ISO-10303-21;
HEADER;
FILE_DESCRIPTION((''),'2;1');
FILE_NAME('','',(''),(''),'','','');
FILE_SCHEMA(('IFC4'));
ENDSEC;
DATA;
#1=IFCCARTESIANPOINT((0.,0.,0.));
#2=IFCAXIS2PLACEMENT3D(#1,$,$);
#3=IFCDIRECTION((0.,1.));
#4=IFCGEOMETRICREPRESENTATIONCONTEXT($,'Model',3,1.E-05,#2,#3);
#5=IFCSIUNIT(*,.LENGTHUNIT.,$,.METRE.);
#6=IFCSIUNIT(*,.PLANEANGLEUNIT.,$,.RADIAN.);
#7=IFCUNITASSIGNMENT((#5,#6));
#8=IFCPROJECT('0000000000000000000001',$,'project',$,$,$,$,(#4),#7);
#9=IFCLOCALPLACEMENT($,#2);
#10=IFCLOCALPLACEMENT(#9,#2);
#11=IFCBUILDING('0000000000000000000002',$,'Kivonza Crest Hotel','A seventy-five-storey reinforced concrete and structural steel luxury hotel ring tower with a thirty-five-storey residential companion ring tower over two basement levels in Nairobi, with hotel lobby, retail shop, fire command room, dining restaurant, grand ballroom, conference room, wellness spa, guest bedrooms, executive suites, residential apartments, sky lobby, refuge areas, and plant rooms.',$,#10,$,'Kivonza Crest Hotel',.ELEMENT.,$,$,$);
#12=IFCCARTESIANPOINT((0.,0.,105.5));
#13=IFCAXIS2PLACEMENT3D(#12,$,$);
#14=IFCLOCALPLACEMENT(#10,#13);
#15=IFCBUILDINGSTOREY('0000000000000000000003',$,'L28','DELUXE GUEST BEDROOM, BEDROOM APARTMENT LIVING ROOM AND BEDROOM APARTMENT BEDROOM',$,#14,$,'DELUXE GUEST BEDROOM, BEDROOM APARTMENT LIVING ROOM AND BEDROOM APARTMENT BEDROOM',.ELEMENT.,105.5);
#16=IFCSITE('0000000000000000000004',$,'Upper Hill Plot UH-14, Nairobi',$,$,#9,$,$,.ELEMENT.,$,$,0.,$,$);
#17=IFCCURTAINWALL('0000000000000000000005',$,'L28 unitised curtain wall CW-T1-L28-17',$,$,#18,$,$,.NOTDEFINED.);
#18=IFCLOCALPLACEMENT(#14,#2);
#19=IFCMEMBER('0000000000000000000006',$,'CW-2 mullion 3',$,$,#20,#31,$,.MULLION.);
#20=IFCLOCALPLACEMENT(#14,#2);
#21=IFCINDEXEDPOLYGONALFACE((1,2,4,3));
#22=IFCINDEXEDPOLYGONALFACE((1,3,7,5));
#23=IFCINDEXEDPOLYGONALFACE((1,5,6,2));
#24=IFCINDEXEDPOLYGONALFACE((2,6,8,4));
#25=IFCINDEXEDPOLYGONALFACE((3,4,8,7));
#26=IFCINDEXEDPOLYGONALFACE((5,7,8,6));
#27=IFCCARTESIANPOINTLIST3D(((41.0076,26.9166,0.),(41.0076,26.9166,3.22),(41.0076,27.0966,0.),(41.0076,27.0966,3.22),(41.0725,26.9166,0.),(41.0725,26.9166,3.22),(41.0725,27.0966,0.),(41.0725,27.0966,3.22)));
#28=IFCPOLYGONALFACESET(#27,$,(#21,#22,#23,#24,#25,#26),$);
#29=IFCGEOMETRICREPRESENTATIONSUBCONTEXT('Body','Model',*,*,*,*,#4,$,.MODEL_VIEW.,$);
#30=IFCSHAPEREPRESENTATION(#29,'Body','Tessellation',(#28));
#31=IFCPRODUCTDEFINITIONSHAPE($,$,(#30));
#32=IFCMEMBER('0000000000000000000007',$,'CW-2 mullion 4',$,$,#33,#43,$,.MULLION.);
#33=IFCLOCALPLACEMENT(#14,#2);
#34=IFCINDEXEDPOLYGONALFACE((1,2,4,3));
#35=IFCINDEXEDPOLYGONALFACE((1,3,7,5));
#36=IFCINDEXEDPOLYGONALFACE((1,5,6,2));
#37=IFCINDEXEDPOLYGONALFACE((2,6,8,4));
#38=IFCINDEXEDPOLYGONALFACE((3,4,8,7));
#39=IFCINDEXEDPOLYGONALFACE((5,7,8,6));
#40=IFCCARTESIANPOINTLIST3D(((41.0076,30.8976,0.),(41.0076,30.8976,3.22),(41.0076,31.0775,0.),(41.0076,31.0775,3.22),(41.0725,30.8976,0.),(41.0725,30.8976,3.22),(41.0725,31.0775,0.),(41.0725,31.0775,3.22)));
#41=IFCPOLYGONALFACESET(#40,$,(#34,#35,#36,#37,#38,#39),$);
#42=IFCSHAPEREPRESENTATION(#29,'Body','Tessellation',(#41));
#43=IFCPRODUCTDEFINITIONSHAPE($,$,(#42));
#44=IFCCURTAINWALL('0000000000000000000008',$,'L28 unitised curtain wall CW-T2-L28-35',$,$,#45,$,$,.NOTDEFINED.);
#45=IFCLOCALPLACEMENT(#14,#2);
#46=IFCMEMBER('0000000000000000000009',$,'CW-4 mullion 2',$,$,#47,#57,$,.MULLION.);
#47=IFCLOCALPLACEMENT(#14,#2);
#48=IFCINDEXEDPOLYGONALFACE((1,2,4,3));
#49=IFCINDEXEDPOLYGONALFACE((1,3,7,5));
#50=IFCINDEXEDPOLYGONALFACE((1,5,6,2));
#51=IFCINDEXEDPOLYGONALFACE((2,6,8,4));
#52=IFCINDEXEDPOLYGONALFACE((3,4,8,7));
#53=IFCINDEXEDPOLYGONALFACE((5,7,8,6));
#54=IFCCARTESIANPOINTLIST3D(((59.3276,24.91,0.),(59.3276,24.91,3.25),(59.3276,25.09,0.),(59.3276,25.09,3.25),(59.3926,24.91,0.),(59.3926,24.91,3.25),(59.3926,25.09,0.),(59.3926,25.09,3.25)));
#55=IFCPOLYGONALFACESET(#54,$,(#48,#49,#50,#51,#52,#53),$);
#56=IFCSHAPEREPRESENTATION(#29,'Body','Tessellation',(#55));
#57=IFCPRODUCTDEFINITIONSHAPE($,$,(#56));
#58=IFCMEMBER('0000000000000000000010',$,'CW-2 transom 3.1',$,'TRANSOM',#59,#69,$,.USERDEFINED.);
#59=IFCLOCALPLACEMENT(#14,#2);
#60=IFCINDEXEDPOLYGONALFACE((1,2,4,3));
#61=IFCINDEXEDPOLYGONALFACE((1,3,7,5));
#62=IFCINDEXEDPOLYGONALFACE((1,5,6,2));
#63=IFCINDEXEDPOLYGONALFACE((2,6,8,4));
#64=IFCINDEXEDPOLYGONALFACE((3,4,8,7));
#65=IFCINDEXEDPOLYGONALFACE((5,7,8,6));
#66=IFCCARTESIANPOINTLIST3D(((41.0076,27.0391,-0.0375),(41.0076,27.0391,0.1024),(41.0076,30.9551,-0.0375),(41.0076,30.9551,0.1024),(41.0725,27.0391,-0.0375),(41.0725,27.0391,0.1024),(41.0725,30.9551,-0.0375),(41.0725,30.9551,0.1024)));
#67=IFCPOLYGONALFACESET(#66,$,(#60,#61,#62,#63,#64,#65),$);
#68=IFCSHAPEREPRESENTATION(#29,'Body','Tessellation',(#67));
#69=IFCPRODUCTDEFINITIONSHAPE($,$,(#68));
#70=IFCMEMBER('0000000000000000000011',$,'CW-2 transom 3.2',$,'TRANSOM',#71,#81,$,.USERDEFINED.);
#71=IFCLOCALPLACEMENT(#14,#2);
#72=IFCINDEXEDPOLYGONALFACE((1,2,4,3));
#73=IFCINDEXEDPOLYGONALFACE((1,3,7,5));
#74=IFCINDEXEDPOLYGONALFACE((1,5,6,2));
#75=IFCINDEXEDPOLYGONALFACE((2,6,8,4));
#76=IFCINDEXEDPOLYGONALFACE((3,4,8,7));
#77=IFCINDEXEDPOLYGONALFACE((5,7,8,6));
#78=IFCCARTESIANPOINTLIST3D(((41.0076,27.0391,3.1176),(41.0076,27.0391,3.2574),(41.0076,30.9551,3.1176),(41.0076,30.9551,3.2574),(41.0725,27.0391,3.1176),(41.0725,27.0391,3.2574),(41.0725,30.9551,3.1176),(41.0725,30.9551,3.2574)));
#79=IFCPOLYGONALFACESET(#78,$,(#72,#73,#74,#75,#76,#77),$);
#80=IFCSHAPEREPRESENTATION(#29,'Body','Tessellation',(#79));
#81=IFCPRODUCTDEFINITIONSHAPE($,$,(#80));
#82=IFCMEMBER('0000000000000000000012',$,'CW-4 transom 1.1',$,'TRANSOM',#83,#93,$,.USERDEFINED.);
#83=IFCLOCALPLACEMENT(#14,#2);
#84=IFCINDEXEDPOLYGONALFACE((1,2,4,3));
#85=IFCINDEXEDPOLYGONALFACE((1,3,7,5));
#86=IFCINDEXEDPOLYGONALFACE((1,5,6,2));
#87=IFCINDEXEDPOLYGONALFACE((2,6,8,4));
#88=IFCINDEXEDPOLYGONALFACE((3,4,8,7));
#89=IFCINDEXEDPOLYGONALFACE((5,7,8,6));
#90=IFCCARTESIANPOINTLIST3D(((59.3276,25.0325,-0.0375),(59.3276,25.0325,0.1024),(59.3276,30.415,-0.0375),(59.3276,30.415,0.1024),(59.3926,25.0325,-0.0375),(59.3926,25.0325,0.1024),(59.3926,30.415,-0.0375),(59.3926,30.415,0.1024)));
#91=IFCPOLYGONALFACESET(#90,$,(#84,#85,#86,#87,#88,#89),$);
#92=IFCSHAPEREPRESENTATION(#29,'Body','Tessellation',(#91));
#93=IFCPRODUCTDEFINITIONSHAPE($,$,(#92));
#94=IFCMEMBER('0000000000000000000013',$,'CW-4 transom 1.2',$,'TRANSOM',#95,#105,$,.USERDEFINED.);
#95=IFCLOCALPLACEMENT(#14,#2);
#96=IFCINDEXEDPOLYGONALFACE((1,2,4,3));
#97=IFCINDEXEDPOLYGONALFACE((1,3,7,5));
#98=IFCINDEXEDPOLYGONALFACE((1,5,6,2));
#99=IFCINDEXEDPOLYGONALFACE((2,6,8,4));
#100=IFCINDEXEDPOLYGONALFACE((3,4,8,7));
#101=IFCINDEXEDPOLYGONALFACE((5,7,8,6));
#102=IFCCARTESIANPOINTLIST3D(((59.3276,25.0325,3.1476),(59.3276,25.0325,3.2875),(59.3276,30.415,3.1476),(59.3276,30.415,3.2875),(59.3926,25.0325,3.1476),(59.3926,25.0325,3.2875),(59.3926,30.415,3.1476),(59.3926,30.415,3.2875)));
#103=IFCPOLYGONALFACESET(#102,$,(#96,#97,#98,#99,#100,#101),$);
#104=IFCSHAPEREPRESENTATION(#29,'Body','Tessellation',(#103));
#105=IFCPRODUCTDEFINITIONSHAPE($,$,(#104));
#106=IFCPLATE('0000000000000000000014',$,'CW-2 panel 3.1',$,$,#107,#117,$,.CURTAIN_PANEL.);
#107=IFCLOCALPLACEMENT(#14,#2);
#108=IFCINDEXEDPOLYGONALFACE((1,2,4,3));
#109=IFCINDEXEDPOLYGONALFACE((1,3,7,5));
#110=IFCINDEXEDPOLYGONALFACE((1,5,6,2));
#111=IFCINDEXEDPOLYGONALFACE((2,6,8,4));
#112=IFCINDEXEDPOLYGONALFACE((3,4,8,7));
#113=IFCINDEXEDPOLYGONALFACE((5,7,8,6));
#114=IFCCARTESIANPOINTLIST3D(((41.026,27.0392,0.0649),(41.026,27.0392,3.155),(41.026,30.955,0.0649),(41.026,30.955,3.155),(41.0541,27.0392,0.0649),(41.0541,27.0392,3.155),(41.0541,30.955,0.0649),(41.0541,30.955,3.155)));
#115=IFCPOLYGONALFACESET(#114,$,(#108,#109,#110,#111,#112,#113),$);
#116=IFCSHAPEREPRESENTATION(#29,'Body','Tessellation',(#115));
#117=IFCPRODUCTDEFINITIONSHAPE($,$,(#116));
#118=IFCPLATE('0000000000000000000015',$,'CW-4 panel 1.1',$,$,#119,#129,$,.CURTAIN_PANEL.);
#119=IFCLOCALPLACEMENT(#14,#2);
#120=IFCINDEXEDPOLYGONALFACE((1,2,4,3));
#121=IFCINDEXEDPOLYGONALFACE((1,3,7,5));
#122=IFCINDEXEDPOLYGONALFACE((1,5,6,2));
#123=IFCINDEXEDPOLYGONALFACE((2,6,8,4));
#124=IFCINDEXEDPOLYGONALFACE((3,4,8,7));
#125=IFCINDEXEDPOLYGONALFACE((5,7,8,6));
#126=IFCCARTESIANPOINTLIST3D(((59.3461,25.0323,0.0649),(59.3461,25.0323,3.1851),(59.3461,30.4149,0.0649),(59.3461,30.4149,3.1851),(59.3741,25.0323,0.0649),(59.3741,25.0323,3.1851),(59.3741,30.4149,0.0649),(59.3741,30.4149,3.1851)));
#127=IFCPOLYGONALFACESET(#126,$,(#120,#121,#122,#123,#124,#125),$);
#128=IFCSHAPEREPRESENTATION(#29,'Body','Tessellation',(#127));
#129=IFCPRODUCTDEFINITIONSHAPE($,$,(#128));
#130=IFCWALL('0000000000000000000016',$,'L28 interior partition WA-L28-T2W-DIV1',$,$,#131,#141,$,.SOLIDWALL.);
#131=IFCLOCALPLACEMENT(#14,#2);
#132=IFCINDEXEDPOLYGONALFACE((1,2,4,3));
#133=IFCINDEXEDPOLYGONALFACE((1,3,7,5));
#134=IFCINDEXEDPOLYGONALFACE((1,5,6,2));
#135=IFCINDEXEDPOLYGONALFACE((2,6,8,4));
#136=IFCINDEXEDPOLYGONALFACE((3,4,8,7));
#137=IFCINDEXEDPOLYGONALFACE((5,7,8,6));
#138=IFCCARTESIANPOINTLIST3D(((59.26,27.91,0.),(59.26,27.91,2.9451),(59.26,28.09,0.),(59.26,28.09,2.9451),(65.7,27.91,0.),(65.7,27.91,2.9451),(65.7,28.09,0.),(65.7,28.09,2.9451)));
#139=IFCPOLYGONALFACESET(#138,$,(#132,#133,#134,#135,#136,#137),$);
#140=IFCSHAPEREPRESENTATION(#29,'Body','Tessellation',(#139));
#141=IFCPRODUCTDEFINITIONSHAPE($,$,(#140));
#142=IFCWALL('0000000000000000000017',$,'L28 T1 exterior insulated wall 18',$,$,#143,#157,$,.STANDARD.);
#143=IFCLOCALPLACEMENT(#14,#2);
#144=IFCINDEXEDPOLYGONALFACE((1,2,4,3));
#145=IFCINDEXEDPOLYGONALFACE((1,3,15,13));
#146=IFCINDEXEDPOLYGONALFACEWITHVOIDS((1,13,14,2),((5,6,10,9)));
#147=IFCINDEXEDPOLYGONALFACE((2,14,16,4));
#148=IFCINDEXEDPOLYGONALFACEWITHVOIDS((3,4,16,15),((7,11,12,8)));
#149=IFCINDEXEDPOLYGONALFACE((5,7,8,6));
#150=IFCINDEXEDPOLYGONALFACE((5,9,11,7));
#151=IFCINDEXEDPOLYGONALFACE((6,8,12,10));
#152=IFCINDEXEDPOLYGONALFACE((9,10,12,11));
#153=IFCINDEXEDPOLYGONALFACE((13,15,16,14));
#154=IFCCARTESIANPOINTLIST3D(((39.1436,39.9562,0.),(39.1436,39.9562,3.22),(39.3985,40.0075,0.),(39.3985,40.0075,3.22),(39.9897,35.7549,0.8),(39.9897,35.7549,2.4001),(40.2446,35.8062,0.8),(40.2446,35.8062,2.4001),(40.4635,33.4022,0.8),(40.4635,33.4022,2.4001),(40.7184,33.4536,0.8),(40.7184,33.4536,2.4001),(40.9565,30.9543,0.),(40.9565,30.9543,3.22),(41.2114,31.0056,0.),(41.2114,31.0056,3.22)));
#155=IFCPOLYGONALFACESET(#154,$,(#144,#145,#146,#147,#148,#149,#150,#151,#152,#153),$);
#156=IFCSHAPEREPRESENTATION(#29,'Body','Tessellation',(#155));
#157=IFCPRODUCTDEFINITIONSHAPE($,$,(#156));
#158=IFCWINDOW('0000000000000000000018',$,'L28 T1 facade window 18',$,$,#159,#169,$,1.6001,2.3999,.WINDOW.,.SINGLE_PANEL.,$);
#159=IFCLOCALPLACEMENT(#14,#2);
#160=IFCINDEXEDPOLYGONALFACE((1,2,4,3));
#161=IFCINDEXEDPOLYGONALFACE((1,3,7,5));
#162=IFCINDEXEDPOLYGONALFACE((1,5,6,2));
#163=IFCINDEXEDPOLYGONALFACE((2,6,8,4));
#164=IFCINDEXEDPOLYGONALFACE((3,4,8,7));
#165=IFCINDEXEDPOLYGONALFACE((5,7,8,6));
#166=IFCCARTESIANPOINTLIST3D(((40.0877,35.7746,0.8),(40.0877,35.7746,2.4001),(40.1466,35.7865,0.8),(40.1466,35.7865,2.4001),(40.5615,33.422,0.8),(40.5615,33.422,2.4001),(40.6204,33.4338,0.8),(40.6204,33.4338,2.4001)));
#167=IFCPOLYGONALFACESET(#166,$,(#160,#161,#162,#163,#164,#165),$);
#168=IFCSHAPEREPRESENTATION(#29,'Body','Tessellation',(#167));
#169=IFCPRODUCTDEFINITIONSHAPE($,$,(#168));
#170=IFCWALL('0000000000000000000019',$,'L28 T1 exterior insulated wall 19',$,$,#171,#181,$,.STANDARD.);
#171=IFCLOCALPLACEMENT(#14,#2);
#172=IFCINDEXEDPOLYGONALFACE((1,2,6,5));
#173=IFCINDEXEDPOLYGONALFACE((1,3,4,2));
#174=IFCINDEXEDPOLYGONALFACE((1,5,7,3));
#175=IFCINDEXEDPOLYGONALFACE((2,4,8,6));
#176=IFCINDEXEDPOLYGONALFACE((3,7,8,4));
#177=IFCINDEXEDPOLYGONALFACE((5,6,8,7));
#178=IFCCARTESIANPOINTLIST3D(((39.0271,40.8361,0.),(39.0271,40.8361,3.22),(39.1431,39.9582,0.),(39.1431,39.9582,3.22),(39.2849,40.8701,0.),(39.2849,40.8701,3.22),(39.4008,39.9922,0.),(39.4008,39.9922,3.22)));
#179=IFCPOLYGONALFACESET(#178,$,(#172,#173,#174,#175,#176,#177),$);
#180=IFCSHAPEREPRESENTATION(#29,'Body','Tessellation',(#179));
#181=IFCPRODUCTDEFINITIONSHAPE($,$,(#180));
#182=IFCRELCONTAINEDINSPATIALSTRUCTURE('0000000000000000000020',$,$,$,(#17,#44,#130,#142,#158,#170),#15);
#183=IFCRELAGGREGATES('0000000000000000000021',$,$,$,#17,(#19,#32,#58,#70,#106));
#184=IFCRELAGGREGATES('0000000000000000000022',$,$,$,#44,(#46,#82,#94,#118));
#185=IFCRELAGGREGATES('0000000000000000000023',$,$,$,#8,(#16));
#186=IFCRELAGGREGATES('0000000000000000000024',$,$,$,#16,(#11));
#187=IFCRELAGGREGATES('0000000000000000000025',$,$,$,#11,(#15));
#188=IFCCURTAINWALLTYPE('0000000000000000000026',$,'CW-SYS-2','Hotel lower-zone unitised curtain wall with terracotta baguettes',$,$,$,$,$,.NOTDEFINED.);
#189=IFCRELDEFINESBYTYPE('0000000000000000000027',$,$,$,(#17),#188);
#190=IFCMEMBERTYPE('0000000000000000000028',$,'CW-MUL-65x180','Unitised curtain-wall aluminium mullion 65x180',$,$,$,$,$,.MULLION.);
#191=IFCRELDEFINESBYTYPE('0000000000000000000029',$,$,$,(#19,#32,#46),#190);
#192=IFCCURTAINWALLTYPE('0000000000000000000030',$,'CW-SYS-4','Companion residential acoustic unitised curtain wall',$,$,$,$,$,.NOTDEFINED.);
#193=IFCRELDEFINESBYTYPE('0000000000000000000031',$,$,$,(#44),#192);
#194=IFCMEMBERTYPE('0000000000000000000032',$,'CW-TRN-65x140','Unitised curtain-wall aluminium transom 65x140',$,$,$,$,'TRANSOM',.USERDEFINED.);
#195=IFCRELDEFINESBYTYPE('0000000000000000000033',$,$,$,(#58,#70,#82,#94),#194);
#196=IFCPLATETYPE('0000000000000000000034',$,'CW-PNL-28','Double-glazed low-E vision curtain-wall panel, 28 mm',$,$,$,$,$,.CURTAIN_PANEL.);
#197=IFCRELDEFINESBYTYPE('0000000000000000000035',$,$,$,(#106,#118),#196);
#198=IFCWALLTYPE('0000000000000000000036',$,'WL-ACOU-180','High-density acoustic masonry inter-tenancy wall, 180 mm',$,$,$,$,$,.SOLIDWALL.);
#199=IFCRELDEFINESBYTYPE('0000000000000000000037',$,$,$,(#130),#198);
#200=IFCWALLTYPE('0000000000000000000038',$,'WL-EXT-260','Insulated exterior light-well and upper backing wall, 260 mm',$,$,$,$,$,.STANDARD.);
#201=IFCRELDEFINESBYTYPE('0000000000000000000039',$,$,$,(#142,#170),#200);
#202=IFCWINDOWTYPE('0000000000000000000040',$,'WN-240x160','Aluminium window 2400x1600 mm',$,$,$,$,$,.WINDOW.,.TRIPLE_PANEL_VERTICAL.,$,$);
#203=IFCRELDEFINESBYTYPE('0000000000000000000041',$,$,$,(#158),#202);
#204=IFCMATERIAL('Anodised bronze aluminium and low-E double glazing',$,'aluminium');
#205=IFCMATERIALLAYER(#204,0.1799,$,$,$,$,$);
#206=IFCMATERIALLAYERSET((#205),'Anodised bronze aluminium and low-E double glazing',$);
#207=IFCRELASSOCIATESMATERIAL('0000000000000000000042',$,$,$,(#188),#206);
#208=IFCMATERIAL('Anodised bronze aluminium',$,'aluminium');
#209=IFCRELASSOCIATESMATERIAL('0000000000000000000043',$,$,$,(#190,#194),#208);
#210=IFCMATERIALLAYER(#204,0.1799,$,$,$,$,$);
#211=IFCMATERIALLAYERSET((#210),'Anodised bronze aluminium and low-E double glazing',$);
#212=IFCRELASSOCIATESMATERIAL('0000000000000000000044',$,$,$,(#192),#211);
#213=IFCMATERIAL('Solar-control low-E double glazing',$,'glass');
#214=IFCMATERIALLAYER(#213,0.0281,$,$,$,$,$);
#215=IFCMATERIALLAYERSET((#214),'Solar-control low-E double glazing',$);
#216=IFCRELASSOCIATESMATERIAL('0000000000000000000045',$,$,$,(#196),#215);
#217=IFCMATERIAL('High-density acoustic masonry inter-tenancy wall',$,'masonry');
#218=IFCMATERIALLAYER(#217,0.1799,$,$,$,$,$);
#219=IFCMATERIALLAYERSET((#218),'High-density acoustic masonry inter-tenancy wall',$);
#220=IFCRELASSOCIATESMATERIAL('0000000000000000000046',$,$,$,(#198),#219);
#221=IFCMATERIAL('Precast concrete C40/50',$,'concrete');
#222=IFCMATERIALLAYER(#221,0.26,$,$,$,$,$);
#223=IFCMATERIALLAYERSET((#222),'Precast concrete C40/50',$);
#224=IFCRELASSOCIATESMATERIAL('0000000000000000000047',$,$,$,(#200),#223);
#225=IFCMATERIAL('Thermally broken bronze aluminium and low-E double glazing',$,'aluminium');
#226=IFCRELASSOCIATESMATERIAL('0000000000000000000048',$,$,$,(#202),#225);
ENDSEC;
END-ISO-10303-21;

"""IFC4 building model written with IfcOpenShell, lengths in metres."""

from ifc_helpers import new_model, si_unit, direction, frame, frame_2d, origin, origin_2d, place, context, subcontext, project, spatial, rectangle, extrude, material, layer, layer_set, material_profile, profile_set, type_object, element, fill, aggregate, save


model = new_model("IFC4")

# Units and contexts
model_context = context("Model", 3, precision=1e-05, world=origin(), true_north=direction((0.0, 1.0)))
body_context = subcontext(model_context, "Body", "Model", "MODEL_VIEW")
ifc_project = project(units=[si_unit("LENGTHUNIT", "METRE"), si_unit("PLANEANGLEUNIT", "RADIAN")], contexts=[model_context])

# Site, building, storey
site_placement = place(None, origin())
site = spatial("IfcSite", under=ifc_project, at=site_placement, Name="Upper Hill Plot UH-14, Nairobi", CompositionType="ELEMENT", RefElevation=0.0)
building_placement = place(site_placement, origin())
building = spatial("IfcBuilding", under=site, at=building_placement, Name="Kivonza Crest Hotel", Description="A seventy-five-storey reinforced concrete and structural steel luxury hotel ring tower with a thirty-five-storey residential companion ring tower over two basement levels in Nairobi, with hotel lobby, retail shop, fire command room, dining restaurant, grand ballroom, conference room, wellness spa, guest bedrooms, executive suites, residential apartments, sky lobby, refuge areas, and plant rooms.", LongName="Kivonza Crest Hotel", CompositionType="ELEMENT")
storey_placement = place(building_placement, frame((0.0, 0.0, 105.5)))
storey = spatial("IfcBuildingStorey", under=building, at=storey_placement, Name="L28", Description="DELUXE GUEST BEDROOM, BEDROOM APARTMENT LIVING ROOM AND BEDROOM APARTMENT BEDROOM", LongName="DELUXE GUEST BEDROOM, BEDROOM APARTMENT LIVING ROOM AND BEDROOM APARTMENT BEDROOM", CompositionType="ELEMENT", Elevation=105.5)

# Curtain wall, members
ifc_material_1 = material(Name="Anodised bronze aluminium and low-E double glazing", Category="aluminium")
ifc_layer_1 = layer(ifc_material_1, 0.1799)
ifc_layer_set_1 = layer_set([ifc_layer_1], Name="Anodised bronze aluminium and low-E double glazing")
curtain_wall_type_1 = type_object("IfcCurtainWallType", Name="CW-SYS-2", Description="Hotel lower-zone unitised curtain wall with terracotta baguettes", PredefinedType="NOTDEFINED", material=ifc_layer_set_1)
curtain_wall_1_placement = place(storey_placement, origin())
curtain_wall_1 = element("IfcCurtainWall", 1, at=curtain_wall_1_placement, inside=storey, type_object=curtain_wall_type_1, Name="L28 unitised curtain wall CW-T1-L28-17", PredefinedType="NOTDEFINED")
ifc_material_2 = material(Name="Anodised bronze aluminium", Category="aluminium")
ifc_material_profile_1 = material_profile(ifc_material_2, rectangle(XDim=0.0649, YDim=0.1799, at=origin_2d()), Name="CW-M 65x180")
ifc_profile_set_1 = profile_set([ifc_material_profile_1], Name="Anodised bronze aluminium")
member_type_1 = type_object("IfcMemberType", Name="CW-MUL-65x180", Description="Unitised curtain-wall aluminium mullion 65x180", PredefinedType="MULLION", material=ifc_profile_set_1)
member_1_placement = place(storey_placement, frame((41.04, 27.0066, 0.0), z_axis=(0.0, 0.0, 1.0), x_axis=(-1.0, 0.0, 0.0)))
member_1 = element("IfcMember", 2, at=member_1_placement, type_object=member_type_1, Name="CW-2 mullion 3", PredefinedType="MULLION", context=body_context, shape_type="SweptSolid", body=[
    extrude(rectangle(XDim=0.0649, YDim=0.1799, at=origin_2d()), origin(), (0.0, 0.0, 1.0), 3.22),
])
member_2_placement = place(storey_placement, frame((41.04, 30.9875, 0.0), z_axis=(0.0, 0.0, 1.0), x_axis=(-1.0, 0.0, 0.0)))
member_2 = element("IfcMember", 3, at=member_2_placement, type_object=member_type_1, Name="CW-2 mullion 4", PredefinedType="MULLION", context=body_context, shape_type="SweptSolid", body=[
    extrude(rectangle(XDim=0.0649, YDim=0.1799, at=origin_2d()), origin(), (0.0, 0.0, 1.0), 3.22),
])

# Curtain wall, member
ifc_layer_2 = layer(ifc_material_1, 0.1799)
ifc_layer_set_2 = layer_set([ifc_layer_2], Name="Anodised bronze aluminium and low-E double glazing")
curtain_wall_type_2 = type_object("IfcCurtainWallType", Name="CW-SYS-4", Description="Companion residential acoustic unitised curtain wall", PredefinedType="NOTDEFINED", material=ifc_layer_set_2)
curtain_wall_2_placement = place(storey_placement, origin())
curtain_wall_2 = element("IfcCurtainWall", 4, at=curtain_wall_2_placement, inside=storey, type_object=curtain_wall_type_2, Name="L28 unitised curtain wall CW-T2-L28-35", PredefinedType="NOTDEFINED")
member_3_placement = place(storey_placement, frame((59.3601, 25.0, 0.0), z_axis=(0.0, 0.0, 1.0), x_axis=(1.0, 0.0, 0.0)))
member_3 = element("IfcMember", 5, at=member_3_placement, type_object=member_type_1, Name="CW-4 mullion 2", PredefinedType="MULLION", context=body_context, shape_type="SweptSolid", body=[
    extrude(rectangle(XDim=0.0649, YDim=0.1799, at=origin_2d()), origin(), (0.0, 0.0, 1.0), 3.25),
])

# Members
ifc_material_profile_2 = material_profile(ifc_material_2, rectangle(XDim=0.0649, YDim=0.1399, at=origin_2d()), Name="CW-T 65x140")
ifc_profile_set_2 = profile_set([ifc_material_profile_2], Name="Anodised bronze aluminium")
member_type_2 = type_object("IfcMemberType", Name="CW-TRN-65x140", Description="Unitised curtain-wall aluminium transom 65x140", ElementType="TRANSOM", PredefinedType="USERDEFINED", material=ifc_profile_set_2)
member_4_placement = place(storey_placement, frame((41.04, 27.0391, 0.0325), z_axis=(0.0, 1.0, 0.0), x_axis=(-1.0, 0.0, 0.0)))
member_4 = element("IfcMember", 6, at=member_4_placement, type_object=member_type_2, Name="CW-2 transom 3.1", ObjectType="TRANSOM", PredefinedType="USERDEFINED", context=body_context, shape_type="SweptSolid", body=[
    extrude(rectangle(XDim=0.0649, YDim=0.1399, at=origin_2d()), origin(), (0.0, 0.0, 1.0), 3.916),
])
member_5_placement = place(storey_placement, frame((41.04, 27.0391, 3.1875), z_axis=(0.0, 1.0, 0.0), x_axis=(-1.0, 0.0, 0.0)))
member_5 = element("IfcMember", 7, at=member_5_placement, type_object=member_type_2, Name="CW-2 transom 3.2", ObjectType="TRANSOM", PredefinedType="USERDEFINED", context=body_context, shape_type="SweptSolid", body=[
    extrude(rectangle(XDim=0.0649, YDim=0.1399, at=origin_2d()), origin(), (0.0, 0.0, 1.0), 3.916),
])
member_6_placement = place(storey_placement, frame((59.3601, 30.415, 0.0325), z_axis=(0.0, -1.0, 0.0), x_axis=(1.0, 0.0, 0.0)))
member_6 = element("IfcMember", 8, at=member_6_placement, type_object=member_type_2, Name="CW-4 transom 1.1", ObjectType="TRANSOM", PredefinedType="USERDEFINED", context=body_context, shape_type="SweptSolid", body=[
    extrude(rectangle(XDim=0.0649, YDim=0.1399, at=origin_2d()), origin(), (0.0, 0.0, 1.0), 5.3826),
])
member_7_placement = place(storey_placement, frame((59.3601, 30.415, 3.2175), z_axis=(0.0, -1.0, 0.0), x_axis=(1.0, 0.0, 0.0)))
member_7 = element("IfcMember", 9, at=member_7_placement, type_object=member_type_2, Name="CW-4 transom 1.2", ObjectType="TRANSOM", PredefinedType="USERDEFINED", context=body_context, shape_type="SweptSolid", body=[
    extrude(rectangle(XDim=0.0649, YDim=0.1399, at=origin_2d()), origin(), (0.0, 0.0, 1.0), 5.3826),
])

# Plates
ifc_material_3 = material(Name="Solar-control low-E double glazing", Category="glass")
ifc_layer_3 = layer(ifc_material_3, 0.0281)
ifc_layer_set_3 = layer_set([ifc_layer_3], Name="Solar-control low-E double glazing")
plate_type = type_object("IfcPlateType", Name="CW-PNL-28", Description="Double-glazed low-E vision curtain-wall panel, 28 mm", PredefinedType="CURTAIN_PANEL", material=ifc_layer_set_3)
plate_1_placement = place(storey_placement, frame((41.04, 28.9971, 0.0649), z_axis=(0.0, 0.0, 1.0), x_axis=(0.0, 1.0, 0.0)))
plate_1 = element("IfcPlate", 10, at=plate_1_placement, type_object=plate_type, Name="CW-2 panel 3.1", PredefinedType="CURTAIN_PANEL", context=body_context, shape_type="SweptSolid", body=[
    extrude(rectangle(XDim=3.9158, YDim=0.0281, at=origin_2d()), origin(), (0.0, 0.0, 1.0), 3.0901),
])
aggregate(curtain_wall_1, [member_1, member_2, member_4, member_5, plate_1])
plate_2_placement = place(storey_placement, frame((59.3601, 27.7236, 0.0649), z_axis=(0.0, 0.0, 1.0), x_axis=(0.0, -1.0, 0.0)))
plate_2 = element("IfcPlate", 11, at=plate_2_placement, type_object=plate_type, Name="CW-4 panel 1.1", PredefinedType="CURTAIN_PANEL", context=body_context, shape_type="SweptSolid", body=[
    extrude(rectangle(XDim=5.3826, YDim=0.0281, at=origin_2d()), origin(), (0.0, 0.0, 1.0), 3.1201),
])
aggregate(curtain_wall_2, [member_3, member_6, member_7, plate_2])

# Wall
ifc_material_4 = material(Name="High-density acoustic masonry inter-tenancy wall", Category="masonry")
ifc_layer_4 = layer(ifc_material_4, 0.1799)
ifc_layer_set_4 = layer_set([ifc_layer_4], Name="High-density acoustic masonry inter-tenancy wall")
wall_type_1 = type_object("IfcWallType", Name="WL-ACOU-180", Description="High-density acoustic masonry inter-tenancy wall, 180 mm", PredefinedType="SOLIDWALL", material=ifc_layer_set_4)
wall_1_placement = place(storey_placement, frame((59.26, 28.0, 0.0), z_axis=(0.0, 0.0, 1.0), x_axis=(1.0, 0.0, 0.0)))
element("IfcWall", 12, at=wall_1_placement, inside=storey, type_object=wall_type_1, Name="L28 interior partition WA-L28-T2W-DIV1", PredefinedType="SOLIDWALL", context=body_context, shape_type="SweptSolid", body=[
    extrude(rectangle(XDim=6.4399, YDim=0.1799, at=frame_2d((3.22, 0.0))), origin(), (0.0, 0.0, 1.0), 2.9451),
])

# Wall, opening, window
ifc_material_5 = material(Name="Precast concrete C40/50", Category="concrete")
ifc_layer_5 = layer(ifc_material_5, 0.26)
ifc_layer_set_5 = layer_set([ifc_layer_5], Name="Precast concrete C40/50")
wall_type_2 = type_object("IfcWallType", Name="WL-EXT-260", Description="Insulated exterior light-well and upper backing wall, 260 mm", PredefinedType="STANDARD", material=ifc_layer_set_5)
wall_2_placement = place(storey_placement, frame((41.084, 30.98, 0.0), z_axis=(0.0, 0.0, 1.0), x_axis=(-0.197435, 0.980316, 0.0)))
wall_2 = element("IfcWall", 13, at=wall_2_placement, inside=storey, type_object=wall_type_2, Name="L28 T1 exterior insulated wall 18", PredefinedType="STANDARD", context=body_context, shape_type="SweptSolid", body=[
    extrude(rectangle(XDim=9.1826, YDim=0.26, at=frame_2d((4.5913, 0.0))), origin(), (0.0, 0.0, 1.0), 3.22),
])
opening_placement = place(wall_2_placement, frame((2.4971, 0.0, 0.8)))
opening = element("IfcOpeningElement", 14, at=opening_placement, cuts=wall_2, PredefinedType="OPENING", context=body_context, shape_type="SweptSolid", body=[
    extrude(rectangle(XDim=2.3999, YDim=1.6001, at=frame_2d((1.2, 0.8))), frame((0.0, 0.1401, 0.0), z_axis=(0.0, -1.0, 0.0), x_axis=(1.0, 0.0, 0.0)), (0.0, 0.0, 1.0), 0.28),
])
ifc_material_6 = material(Name="Thermally broken bronze aluminium and low-E double glazing", Category="aluminium")
window_type = type_object("IfcWindowType", Name="WN-240x160", Description="Aluminium window 2400x1600 mm", PartitioningType="TRIPLE_PANEL_VERTICAL", PredefinedType="WINDOW", material=ifc_material_6)
window_placement = place(opening_placement, origin())
window = element("IfcWindow", 15, at=window_placement, inside=storey, type_object=window_type, Name="L28 T1 facade window 18", OverallHeight=1.6001, OverallWidth=2.3999, PartitioningType="SINGLE_PANEL", PredefinedType="WINDOW", context=body_context, shape_type="SweptSolid", body=[
    extrude(rectangle(XDim=2.3999, YDim=1.6001, at=frame_2d((1.2, 0.8))), frame((0.0, 0.03, 0.0), z_axis=(0.0, -1.0, 0.0), x_axis=(1.0, 0.0, 0.0)), (0.0, 0.0, 1.0), 0.0601),
])
fill(opening, window)

# Wall
wall_3_placement = place(storey_placement, frame((39.272, 39.9751, 0.0), z_axis=(0.0, 0.0, 1.0), x_axis=(-0.130954, 0.991388, 0.0)))
element("IfcWall", 16, at=wall_3_placement, inside=storey, type_object=wall_type_2, Name="L28 T1 exterior insulated wall 19", PredefinedType="STANDARD", context=body_context, shape_type="SweptSolid", body=[
    extrude(rectangle(XDim=0.8855, YDim=0.26, at=frame_2d((0.4429, 0.0))), origin(), (0.0, 0.0, 1.0), 3.22),
])

save(model, "model.ifc")
